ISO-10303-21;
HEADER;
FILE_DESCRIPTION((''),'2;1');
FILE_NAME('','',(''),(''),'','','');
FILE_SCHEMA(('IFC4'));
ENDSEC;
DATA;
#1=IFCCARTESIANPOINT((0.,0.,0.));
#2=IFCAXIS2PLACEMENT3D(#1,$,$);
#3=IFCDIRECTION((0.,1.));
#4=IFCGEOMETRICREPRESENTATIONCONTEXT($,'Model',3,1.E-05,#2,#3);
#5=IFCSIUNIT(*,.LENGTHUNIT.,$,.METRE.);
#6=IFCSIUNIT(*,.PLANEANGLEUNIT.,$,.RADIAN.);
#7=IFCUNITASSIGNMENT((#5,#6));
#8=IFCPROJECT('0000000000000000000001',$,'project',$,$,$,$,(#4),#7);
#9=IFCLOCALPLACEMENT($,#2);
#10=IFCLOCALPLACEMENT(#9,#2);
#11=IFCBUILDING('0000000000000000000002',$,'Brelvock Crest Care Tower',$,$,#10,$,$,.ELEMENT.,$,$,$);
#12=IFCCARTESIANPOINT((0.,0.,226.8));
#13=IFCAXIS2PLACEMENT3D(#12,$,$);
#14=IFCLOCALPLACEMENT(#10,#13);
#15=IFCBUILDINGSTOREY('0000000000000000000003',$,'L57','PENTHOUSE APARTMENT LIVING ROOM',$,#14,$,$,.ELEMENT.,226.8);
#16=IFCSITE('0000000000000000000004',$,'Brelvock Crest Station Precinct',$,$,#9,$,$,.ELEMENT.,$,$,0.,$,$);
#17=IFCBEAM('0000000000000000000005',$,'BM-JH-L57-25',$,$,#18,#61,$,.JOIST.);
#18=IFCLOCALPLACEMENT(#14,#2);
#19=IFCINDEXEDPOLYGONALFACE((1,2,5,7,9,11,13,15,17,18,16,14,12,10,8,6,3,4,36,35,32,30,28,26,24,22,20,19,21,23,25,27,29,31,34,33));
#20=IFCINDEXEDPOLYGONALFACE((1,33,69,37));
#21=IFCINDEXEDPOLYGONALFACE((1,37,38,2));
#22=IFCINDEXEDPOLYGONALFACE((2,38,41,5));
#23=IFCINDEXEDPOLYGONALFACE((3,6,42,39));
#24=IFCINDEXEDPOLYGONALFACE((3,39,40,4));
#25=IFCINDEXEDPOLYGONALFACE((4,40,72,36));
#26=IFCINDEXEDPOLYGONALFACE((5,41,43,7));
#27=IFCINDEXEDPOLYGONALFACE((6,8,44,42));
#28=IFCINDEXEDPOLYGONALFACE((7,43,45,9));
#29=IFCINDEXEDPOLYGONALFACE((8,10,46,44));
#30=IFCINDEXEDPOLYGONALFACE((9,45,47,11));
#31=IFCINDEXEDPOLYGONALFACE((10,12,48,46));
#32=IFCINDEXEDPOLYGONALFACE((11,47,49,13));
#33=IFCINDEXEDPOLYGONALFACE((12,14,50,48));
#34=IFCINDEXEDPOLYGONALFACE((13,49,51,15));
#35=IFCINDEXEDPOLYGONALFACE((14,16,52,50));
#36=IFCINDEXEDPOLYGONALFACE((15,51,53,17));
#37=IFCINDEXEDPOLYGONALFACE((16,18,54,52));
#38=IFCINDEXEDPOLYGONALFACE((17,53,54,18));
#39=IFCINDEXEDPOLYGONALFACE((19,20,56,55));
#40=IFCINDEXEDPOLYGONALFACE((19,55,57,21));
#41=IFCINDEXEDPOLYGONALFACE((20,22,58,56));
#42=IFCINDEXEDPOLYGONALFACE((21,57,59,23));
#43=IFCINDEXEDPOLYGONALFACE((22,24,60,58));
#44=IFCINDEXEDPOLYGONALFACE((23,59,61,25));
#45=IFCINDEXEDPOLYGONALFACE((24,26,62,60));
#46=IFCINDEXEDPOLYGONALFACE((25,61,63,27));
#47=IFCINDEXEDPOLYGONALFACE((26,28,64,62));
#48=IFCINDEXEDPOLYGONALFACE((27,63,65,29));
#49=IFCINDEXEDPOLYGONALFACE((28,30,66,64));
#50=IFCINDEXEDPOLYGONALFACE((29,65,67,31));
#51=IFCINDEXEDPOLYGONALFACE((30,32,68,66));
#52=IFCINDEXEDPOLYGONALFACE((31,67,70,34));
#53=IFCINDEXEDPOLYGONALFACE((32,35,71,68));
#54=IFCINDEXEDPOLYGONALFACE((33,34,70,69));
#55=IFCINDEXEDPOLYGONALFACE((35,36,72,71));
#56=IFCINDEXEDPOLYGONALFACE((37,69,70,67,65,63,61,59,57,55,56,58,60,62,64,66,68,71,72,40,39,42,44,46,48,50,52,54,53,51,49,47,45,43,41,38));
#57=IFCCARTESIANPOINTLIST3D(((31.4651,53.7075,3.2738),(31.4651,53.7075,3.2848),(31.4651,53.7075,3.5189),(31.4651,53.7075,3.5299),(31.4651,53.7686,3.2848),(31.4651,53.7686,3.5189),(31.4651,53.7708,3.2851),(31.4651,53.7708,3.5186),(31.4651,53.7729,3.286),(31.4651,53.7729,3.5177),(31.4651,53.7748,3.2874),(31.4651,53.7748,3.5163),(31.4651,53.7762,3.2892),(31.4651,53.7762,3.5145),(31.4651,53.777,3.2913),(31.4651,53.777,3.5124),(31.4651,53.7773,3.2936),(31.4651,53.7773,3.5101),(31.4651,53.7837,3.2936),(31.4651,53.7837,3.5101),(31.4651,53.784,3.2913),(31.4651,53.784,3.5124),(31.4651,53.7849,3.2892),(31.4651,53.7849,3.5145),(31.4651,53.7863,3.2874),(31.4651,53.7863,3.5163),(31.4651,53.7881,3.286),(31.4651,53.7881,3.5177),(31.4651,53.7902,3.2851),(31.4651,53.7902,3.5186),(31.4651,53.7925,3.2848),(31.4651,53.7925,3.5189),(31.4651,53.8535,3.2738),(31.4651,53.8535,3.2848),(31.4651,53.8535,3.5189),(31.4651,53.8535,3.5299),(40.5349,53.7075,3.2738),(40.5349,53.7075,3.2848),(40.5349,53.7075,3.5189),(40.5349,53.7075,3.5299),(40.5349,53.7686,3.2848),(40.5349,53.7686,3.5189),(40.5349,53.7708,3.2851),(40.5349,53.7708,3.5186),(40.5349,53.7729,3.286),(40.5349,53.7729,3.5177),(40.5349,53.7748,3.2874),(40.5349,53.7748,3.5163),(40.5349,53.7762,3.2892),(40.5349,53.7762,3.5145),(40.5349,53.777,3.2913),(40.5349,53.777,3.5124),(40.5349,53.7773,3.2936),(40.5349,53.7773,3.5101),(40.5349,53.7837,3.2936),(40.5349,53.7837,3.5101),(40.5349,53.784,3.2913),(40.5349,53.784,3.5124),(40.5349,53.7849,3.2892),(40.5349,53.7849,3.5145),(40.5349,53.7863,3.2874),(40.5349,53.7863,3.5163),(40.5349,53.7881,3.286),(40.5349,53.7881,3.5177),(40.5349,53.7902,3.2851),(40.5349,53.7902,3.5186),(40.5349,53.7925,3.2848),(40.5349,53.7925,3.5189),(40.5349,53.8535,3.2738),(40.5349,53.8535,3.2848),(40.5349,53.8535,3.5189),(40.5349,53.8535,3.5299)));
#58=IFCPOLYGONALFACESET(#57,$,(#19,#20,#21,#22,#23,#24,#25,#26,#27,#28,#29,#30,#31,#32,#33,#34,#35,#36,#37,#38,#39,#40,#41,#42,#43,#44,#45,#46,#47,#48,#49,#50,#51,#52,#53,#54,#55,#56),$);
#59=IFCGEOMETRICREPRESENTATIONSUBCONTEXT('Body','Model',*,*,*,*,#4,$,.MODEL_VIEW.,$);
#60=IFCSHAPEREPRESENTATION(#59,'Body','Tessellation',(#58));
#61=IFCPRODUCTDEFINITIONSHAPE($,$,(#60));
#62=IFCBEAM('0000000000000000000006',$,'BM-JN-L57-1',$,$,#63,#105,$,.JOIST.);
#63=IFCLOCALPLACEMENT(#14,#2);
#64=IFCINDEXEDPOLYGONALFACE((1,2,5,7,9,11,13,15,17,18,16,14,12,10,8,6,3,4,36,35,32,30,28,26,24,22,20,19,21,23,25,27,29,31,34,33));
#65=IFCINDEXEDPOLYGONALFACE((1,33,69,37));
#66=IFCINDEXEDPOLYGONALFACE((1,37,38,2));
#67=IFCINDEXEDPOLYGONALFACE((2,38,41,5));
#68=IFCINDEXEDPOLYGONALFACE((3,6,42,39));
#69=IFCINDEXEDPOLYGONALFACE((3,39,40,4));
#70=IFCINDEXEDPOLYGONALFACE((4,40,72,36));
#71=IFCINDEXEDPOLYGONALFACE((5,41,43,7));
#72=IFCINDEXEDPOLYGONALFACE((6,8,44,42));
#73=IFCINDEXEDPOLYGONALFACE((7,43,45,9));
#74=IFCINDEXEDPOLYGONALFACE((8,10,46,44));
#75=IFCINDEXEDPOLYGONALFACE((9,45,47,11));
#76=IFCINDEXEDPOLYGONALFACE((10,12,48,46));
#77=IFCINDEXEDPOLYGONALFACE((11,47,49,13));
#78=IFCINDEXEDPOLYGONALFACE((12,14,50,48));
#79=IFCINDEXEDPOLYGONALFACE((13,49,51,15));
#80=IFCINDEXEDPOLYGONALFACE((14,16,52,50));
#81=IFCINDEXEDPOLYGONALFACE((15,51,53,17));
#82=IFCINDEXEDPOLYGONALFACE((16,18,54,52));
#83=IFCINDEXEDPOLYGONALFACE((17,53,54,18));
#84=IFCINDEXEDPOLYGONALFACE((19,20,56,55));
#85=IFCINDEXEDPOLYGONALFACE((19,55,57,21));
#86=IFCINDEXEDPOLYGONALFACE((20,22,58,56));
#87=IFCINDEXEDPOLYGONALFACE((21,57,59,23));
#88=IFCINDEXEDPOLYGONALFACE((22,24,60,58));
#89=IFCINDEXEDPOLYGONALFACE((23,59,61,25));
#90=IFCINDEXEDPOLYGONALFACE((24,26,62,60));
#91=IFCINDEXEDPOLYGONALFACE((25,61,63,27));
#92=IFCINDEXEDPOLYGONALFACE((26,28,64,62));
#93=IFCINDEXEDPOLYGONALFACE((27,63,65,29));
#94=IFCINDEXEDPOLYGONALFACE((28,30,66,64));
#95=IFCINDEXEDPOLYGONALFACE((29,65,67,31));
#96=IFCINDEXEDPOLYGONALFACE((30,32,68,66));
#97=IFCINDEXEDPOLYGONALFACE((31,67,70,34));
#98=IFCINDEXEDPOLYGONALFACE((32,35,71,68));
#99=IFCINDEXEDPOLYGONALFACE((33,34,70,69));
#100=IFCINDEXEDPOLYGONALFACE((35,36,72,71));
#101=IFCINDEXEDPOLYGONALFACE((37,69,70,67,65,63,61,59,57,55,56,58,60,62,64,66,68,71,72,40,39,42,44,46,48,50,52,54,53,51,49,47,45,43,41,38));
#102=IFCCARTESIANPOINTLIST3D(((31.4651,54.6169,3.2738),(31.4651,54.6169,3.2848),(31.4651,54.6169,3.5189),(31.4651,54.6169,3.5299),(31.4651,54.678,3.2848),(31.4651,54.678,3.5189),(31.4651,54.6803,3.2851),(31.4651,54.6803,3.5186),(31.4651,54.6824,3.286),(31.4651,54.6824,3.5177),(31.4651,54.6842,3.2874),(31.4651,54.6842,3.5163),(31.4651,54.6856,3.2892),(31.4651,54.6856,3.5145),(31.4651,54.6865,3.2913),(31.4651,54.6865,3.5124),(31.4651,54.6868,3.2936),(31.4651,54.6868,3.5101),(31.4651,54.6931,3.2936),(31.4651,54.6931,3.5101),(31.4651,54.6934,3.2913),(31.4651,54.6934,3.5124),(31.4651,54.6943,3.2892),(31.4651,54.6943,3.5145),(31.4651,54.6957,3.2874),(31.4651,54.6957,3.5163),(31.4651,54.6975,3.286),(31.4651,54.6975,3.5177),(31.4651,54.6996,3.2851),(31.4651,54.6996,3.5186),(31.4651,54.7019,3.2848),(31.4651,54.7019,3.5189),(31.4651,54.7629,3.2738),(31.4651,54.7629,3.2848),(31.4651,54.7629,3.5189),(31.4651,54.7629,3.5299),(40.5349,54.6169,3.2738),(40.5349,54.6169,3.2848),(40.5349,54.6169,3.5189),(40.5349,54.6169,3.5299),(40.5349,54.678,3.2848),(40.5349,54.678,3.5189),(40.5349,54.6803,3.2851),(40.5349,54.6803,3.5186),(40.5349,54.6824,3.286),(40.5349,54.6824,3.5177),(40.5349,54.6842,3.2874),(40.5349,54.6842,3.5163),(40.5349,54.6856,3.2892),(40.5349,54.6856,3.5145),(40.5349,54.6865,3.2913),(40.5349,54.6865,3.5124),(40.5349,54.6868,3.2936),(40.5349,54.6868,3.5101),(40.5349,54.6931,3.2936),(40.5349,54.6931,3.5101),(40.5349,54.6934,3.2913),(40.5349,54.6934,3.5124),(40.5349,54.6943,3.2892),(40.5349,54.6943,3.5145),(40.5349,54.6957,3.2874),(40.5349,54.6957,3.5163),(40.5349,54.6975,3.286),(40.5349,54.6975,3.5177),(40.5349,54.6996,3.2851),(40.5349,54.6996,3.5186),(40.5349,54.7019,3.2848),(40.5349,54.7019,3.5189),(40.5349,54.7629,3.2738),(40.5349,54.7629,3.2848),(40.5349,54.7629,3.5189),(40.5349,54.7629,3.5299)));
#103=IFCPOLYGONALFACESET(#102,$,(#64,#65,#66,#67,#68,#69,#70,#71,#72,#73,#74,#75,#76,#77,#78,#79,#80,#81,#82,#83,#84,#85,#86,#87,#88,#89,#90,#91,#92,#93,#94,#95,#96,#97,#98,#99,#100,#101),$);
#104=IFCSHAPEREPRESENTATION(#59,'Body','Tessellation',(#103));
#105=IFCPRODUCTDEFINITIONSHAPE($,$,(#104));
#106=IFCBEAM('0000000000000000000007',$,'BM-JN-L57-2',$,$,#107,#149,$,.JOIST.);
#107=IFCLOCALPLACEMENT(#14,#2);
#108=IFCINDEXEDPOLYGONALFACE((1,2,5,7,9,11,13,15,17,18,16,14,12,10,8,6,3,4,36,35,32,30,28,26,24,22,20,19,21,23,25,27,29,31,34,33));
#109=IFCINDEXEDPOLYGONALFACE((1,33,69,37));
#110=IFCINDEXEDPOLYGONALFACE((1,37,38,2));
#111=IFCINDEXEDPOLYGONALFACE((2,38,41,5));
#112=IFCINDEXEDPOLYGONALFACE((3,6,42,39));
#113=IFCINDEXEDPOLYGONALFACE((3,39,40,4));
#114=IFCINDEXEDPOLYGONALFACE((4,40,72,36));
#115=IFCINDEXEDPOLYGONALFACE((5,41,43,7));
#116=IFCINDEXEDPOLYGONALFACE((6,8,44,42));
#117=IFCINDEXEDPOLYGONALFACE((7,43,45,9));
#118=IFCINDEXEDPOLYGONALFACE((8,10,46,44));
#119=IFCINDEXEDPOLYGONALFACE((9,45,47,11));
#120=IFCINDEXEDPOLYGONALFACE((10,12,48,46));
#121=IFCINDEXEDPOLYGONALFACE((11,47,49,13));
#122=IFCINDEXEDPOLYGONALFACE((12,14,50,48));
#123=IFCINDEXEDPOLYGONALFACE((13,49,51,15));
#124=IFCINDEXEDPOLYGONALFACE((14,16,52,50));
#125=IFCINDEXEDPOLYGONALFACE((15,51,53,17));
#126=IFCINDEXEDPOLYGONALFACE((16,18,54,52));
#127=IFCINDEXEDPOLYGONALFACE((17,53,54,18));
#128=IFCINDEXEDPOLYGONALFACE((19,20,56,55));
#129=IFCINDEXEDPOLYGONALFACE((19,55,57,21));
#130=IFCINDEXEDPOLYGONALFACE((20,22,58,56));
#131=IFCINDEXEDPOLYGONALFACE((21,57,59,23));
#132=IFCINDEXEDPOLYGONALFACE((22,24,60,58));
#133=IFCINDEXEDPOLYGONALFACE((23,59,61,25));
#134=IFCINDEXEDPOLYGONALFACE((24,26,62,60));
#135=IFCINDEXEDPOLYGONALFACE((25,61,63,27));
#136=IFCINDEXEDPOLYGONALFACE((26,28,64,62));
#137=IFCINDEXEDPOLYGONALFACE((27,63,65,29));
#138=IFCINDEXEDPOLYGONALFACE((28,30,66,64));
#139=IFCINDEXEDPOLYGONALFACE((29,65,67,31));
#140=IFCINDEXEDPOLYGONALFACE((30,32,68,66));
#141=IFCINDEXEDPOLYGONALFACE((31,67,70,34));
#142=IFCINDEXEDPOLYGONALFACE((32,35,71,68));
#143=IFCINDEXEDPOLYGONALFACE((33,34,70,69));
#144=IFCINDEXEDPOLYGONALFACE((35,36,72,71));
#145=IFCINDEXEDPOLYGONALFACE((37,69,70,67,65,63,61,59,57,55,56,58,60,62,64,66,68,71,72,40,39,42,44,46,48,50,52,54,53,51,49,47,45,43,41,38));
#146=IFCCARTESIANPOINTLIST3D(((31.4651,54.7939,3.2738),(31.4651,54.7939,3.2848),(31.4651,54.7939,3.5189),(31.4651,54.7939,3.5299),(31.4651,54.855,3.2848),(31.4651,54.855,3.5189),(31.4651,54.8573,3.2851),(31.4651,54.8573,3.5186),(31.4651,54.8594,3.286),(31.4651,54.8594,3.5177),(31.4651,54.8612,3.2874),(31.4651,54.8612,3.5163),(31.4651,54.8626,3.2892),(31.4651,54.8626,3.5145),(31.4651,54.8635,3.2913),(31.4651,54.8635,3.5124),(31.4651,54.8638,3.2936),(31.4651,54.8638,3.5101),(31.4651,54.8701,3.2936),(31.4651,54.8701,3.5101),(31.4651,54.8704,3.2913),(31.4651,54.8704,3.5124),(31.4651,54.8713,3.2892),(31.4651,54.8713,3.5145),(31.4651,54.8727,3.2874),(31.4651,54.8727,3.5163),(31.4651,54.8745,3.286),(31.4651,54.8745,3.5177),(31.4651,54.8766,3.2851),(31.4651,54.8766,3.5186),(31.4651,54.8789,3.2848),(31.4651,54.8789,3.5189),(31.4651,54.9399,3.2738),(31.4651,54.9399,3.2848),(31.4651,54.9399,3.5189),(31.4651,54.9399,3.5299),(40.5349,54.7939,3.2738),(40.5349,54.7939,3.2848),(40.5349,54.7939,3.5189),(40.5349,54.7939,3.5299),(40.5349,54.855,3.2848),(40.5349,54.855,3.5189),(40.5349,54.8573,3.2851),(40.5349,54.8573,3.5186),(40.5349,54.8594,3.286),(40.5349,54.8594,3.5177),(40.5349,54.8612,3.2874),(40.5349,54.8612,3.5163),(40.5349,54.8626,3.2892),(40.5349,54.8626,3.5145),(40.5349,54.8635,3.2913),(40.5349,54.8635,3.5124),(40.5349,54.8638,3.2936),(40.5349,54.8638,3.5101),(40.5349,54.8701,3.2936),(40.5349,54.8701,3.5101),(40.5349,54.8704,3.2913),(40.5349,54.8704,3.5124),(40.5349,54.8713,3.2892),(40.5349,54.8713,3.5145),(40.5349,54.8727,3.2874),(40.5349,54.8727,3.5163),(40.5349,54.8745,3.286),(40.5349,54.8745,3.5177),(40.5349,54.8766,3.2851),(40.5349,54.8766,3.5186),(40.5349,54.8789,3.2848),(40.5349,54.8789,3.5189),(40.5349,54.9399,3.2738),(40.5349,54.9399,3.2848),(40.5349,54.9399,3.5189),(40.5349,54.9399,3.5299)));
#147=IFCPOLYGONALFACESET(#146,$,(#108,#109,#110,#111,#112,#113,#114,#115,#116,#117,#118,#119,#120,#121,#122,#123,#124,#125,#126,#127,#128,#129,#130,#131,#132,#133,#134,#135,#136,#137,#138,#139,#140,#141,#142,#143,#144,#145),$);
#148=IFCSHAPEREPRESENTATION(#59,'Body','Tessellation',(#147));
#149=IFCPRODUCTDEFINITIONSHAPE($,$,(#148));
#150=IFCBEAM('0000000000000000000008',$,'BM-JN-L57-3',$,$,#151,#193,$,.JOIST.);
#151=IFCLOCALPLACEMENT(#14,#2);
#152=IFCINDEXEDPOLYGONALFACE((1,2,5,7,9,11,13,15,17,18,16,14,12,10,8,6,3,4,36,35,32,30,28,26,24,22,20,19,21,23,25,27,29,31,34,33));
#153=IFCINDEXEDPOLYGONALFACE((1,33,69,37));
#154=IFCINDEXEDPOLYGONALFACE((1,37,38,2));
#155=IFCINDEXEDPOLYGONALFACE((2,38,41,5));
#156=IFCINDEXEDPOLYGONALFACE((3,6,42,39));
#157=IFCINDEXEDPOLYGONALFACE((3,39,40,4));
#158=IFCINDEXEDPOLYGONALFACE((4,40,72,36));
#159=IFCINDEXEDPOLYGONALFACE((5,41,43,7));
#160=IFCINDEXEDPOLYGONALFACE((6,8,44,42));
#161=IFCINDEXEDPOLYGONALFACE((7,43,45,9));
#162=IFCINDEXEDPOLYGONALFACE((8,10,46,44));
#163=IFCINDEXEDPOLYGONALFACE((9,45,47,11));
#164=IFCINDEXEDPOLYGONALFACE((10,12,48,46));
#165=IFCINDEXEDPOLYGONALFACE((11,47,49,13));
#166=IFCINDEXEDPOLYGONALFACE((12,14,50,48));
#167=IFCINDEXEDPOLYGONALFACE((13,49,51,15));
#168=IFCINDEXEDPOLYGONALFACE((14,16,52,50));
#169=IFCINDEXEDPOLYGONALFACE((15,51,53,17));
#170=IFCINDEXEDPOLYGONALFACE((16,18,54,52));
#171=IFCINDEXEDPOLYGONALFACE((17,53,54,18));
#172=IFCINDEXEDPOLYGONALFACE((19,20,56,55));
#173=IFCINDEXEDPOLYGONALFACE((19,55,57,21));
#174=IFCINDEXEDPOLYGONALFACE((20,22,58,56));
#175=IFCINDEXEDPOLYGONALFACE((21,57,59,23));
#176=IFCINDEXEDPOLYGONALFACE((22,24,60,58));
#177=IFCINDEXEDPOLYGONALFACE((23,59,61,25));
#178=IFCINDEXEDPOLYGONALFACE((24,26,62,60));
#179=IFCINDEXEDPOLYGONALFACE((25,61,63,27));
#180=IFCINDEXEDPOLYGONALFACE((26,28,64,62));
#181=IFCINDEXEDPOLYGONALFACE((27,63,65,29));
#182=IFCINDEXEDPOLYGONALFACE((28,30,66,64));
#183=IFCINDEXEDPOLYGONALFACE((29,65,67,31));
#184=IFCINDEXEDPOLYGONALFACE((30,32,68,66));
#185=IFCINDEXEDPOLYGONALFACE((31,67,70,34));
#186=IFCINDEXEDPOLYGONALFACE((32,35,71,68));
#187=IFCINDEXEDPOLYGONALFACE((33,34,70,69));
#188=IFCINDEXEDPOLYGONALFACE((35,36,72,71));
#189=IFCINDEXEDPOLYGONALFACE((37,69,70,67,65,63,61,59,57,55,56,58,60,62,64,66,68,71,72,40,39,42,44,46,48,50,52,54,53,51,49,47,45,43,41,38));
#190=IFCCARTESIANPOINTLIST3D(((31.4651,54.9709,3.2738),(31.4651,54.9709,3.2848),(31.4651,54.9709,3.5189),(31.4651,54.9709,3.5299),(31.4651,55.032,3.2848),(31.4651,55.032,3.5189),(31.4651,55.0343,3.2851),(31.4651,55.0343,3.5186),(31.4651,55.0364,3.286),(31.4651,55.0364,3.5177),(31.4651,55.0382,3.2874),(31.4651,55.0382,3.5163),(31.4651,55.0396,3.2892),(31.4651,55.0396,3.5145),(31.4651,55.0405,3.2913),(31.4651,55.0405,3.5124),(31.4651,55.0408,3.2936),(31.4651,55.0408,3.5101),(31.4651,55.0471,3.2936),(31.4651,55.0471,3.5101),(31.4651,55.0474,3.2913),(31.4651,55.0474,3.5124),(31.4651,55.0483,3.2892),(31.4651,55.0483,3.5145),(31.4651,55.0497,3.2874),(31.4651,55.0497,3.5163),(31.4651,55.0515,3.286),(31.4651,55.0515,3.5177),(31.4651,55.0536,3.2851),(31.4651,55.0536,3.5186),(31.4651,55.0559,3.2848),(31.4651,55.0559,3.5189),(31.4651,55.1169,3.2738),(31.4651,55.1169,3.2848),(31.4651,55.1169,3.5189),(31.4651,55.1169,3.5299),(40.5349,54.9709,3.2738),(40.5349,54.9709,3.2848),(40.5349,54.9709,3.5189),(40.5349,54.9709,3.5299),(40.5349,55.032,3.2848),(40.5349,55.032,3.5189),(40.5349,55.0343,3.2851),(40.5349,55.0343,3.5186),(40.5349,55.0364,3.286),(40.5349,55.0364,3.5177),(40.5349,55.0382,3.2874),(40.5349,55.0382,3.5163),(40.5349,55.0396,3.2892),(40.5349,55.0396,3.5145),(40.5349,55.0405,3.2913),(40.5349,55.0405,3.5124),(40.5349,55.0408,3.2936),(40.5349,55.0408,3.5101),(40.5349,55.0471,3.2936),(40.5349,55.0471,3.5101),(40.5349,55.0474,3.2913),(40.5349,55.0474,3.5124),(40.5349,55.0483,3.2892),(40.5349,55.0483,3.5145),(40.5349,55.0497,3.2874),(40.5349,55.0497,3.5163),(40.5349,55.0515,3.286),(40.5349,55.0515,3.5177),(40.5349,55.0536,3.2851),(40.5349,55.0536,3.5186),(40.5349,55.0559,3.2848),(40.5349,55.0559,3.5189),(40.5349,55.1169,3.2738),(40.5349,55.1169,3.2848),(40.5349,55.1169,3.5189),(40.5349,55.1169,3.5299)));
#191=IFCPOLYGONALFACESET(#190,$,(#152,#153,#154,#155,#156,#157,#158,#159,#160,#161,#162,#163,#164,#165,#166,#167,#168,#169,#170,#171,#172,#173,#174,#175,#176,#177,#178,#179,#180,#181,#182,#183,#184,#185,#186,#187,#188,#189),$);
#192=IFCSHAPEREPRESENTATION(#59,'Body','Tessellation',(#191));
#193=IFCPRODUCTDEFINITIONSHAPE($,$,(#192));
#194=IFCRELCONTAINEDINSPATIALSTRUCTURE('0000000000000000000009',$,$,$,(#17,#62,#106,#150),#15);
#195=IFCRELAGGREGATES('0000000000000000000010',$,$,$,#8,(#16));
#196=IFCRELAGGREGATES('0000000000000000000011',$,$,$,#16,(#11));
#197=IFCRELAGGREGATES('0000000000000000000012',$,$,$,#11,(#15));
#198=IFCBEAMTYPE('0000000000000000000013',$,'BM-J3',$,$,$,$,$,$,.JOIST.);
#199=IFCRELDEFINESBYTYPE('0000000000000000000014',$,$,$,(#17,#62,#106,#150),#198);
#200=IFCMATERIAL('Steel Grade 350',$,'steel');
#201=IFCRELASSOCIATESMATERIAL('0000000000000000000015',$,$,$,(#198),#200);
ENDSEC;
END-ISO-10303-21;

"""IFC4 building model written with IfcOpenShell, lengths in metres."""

from ifc_helpers import new_model, si_unit, direction, frame, origin, origin_2d, place, context, subcontext, project, spatial, i_section, extrude, source, transform, mapped, material, material_profile, profile_set, type_object, element, save


model = new_model("IFC4")

# Units and contexts
model_context = context("Model", 3, precision=1e-05, world=origin(), true_north=direction((0.0, 1.0)))
body_context = subcontext(model_context, "Body", "Model", "MODEL_VIEW")
ifc_project = project(units=[si_unit("LENGTHUNIT", "METRE"), si_unit("PLANEANGLEUNIT", "RADIAN")], contexts=[model_context])

# Site, building, storey
site_placement = place(None, origin())
site = spatial("IfcSite", under=ifc_project, at=site_placement, Name="Brelvock Crest Station Precinct", CompositionType="ELEMENT", RefElevation=0.0)
building_placement = place(site_placement, origin())
building = spatial("IfcBuilding", under=site, at=building_placement, Name="Brelvock Crest Care Tower", CompositionType="ELEMENT")
storey_placement = place(building_placement, frame((0.0, 0.0, 226.8)))
storey = spatial("IfcBuildingStorey", under=building, at=storey_placement, Name="L57", Description="PENTHOUSE APARTMENT LIVING ROOM", CompositionType="ELEMENT", Elevation=226.8)

# Shared definitions
ifc_material_1 = material(Name="Steel Grade 350", Category="steel")

# Beams
ifc_material_profile_1 = material_profile(ifc_material_1, i_section(OverallWidth=0.146, OverallDepth=0.2561, WebThickness=0.0063, FlangeThickness=0.011, FilletRadius=0.0088, at=origin_2d()), Name="250UB37.3")
ifc_profile_set_1 = profile_set([ifc_material_profile_1], Name="Steel Grade 350")
beam_type_1 = type_object("IfcBeamType", Name="BM-J3", PredefinedType="JOIST", material=ifc_profile_set_1)
shared_shape_1 = source(origin(), body_context, "Body", "SweptSolid", [
    extrude(i_section(OverallWidth=0.146, OverallDepth=0.2561, WebThickness=0.0063, FlangeThickness=0.011, FilletRadius=0.0088, at=origin_2d()), origin(), (0.0, 0.0, 1.0), 9.0698),
])
for number, where, z_axis, x_axis, name in (
    (1, (31.4651, 53.7805, 3.4019), (1.0, 0.0, 0.0), (0.0, 1.0, 0.0), "BM-JH-L57-25"),
    (2, (31.4651, 54.6899, 3.4019), (1.0, 0.0, 0.0), (0.0, 1.0, 0.0), "BM-JN-L57-1"),
    (3, (31.4651, 54.8669, 3.4019), (1.0, 0.0, 0.0), (0.0, 1.0, 0.0), "BM-JN-L57-2"),
    (4, (31.4651, 55.0439, 3.4019), (1.0, 0.0, 0.0), (0.0, 1.0, 0.0), "BM-JN-L57-3"),
):
    element("IfcBeam", number, at=place(storey_placement, frame(where, z_axis=z_axis, x_axis=x_axis)), inside=storey, type_object=beam_type_1, Name=name, PredefinedType="JOIST", context=body_context, shape_type="MappedRepresentation", body=[
        mapped(shared_shape_1, transform((0.0, 0.0, 0.0), x_axis=(1.0, 0.0, 0.0), y_axis=(0.0, 1.0, 0.0), z_axis=(0.0, 0.0, 1.0), scale=1.0)),
    ])

save(model, "model.ifc")
